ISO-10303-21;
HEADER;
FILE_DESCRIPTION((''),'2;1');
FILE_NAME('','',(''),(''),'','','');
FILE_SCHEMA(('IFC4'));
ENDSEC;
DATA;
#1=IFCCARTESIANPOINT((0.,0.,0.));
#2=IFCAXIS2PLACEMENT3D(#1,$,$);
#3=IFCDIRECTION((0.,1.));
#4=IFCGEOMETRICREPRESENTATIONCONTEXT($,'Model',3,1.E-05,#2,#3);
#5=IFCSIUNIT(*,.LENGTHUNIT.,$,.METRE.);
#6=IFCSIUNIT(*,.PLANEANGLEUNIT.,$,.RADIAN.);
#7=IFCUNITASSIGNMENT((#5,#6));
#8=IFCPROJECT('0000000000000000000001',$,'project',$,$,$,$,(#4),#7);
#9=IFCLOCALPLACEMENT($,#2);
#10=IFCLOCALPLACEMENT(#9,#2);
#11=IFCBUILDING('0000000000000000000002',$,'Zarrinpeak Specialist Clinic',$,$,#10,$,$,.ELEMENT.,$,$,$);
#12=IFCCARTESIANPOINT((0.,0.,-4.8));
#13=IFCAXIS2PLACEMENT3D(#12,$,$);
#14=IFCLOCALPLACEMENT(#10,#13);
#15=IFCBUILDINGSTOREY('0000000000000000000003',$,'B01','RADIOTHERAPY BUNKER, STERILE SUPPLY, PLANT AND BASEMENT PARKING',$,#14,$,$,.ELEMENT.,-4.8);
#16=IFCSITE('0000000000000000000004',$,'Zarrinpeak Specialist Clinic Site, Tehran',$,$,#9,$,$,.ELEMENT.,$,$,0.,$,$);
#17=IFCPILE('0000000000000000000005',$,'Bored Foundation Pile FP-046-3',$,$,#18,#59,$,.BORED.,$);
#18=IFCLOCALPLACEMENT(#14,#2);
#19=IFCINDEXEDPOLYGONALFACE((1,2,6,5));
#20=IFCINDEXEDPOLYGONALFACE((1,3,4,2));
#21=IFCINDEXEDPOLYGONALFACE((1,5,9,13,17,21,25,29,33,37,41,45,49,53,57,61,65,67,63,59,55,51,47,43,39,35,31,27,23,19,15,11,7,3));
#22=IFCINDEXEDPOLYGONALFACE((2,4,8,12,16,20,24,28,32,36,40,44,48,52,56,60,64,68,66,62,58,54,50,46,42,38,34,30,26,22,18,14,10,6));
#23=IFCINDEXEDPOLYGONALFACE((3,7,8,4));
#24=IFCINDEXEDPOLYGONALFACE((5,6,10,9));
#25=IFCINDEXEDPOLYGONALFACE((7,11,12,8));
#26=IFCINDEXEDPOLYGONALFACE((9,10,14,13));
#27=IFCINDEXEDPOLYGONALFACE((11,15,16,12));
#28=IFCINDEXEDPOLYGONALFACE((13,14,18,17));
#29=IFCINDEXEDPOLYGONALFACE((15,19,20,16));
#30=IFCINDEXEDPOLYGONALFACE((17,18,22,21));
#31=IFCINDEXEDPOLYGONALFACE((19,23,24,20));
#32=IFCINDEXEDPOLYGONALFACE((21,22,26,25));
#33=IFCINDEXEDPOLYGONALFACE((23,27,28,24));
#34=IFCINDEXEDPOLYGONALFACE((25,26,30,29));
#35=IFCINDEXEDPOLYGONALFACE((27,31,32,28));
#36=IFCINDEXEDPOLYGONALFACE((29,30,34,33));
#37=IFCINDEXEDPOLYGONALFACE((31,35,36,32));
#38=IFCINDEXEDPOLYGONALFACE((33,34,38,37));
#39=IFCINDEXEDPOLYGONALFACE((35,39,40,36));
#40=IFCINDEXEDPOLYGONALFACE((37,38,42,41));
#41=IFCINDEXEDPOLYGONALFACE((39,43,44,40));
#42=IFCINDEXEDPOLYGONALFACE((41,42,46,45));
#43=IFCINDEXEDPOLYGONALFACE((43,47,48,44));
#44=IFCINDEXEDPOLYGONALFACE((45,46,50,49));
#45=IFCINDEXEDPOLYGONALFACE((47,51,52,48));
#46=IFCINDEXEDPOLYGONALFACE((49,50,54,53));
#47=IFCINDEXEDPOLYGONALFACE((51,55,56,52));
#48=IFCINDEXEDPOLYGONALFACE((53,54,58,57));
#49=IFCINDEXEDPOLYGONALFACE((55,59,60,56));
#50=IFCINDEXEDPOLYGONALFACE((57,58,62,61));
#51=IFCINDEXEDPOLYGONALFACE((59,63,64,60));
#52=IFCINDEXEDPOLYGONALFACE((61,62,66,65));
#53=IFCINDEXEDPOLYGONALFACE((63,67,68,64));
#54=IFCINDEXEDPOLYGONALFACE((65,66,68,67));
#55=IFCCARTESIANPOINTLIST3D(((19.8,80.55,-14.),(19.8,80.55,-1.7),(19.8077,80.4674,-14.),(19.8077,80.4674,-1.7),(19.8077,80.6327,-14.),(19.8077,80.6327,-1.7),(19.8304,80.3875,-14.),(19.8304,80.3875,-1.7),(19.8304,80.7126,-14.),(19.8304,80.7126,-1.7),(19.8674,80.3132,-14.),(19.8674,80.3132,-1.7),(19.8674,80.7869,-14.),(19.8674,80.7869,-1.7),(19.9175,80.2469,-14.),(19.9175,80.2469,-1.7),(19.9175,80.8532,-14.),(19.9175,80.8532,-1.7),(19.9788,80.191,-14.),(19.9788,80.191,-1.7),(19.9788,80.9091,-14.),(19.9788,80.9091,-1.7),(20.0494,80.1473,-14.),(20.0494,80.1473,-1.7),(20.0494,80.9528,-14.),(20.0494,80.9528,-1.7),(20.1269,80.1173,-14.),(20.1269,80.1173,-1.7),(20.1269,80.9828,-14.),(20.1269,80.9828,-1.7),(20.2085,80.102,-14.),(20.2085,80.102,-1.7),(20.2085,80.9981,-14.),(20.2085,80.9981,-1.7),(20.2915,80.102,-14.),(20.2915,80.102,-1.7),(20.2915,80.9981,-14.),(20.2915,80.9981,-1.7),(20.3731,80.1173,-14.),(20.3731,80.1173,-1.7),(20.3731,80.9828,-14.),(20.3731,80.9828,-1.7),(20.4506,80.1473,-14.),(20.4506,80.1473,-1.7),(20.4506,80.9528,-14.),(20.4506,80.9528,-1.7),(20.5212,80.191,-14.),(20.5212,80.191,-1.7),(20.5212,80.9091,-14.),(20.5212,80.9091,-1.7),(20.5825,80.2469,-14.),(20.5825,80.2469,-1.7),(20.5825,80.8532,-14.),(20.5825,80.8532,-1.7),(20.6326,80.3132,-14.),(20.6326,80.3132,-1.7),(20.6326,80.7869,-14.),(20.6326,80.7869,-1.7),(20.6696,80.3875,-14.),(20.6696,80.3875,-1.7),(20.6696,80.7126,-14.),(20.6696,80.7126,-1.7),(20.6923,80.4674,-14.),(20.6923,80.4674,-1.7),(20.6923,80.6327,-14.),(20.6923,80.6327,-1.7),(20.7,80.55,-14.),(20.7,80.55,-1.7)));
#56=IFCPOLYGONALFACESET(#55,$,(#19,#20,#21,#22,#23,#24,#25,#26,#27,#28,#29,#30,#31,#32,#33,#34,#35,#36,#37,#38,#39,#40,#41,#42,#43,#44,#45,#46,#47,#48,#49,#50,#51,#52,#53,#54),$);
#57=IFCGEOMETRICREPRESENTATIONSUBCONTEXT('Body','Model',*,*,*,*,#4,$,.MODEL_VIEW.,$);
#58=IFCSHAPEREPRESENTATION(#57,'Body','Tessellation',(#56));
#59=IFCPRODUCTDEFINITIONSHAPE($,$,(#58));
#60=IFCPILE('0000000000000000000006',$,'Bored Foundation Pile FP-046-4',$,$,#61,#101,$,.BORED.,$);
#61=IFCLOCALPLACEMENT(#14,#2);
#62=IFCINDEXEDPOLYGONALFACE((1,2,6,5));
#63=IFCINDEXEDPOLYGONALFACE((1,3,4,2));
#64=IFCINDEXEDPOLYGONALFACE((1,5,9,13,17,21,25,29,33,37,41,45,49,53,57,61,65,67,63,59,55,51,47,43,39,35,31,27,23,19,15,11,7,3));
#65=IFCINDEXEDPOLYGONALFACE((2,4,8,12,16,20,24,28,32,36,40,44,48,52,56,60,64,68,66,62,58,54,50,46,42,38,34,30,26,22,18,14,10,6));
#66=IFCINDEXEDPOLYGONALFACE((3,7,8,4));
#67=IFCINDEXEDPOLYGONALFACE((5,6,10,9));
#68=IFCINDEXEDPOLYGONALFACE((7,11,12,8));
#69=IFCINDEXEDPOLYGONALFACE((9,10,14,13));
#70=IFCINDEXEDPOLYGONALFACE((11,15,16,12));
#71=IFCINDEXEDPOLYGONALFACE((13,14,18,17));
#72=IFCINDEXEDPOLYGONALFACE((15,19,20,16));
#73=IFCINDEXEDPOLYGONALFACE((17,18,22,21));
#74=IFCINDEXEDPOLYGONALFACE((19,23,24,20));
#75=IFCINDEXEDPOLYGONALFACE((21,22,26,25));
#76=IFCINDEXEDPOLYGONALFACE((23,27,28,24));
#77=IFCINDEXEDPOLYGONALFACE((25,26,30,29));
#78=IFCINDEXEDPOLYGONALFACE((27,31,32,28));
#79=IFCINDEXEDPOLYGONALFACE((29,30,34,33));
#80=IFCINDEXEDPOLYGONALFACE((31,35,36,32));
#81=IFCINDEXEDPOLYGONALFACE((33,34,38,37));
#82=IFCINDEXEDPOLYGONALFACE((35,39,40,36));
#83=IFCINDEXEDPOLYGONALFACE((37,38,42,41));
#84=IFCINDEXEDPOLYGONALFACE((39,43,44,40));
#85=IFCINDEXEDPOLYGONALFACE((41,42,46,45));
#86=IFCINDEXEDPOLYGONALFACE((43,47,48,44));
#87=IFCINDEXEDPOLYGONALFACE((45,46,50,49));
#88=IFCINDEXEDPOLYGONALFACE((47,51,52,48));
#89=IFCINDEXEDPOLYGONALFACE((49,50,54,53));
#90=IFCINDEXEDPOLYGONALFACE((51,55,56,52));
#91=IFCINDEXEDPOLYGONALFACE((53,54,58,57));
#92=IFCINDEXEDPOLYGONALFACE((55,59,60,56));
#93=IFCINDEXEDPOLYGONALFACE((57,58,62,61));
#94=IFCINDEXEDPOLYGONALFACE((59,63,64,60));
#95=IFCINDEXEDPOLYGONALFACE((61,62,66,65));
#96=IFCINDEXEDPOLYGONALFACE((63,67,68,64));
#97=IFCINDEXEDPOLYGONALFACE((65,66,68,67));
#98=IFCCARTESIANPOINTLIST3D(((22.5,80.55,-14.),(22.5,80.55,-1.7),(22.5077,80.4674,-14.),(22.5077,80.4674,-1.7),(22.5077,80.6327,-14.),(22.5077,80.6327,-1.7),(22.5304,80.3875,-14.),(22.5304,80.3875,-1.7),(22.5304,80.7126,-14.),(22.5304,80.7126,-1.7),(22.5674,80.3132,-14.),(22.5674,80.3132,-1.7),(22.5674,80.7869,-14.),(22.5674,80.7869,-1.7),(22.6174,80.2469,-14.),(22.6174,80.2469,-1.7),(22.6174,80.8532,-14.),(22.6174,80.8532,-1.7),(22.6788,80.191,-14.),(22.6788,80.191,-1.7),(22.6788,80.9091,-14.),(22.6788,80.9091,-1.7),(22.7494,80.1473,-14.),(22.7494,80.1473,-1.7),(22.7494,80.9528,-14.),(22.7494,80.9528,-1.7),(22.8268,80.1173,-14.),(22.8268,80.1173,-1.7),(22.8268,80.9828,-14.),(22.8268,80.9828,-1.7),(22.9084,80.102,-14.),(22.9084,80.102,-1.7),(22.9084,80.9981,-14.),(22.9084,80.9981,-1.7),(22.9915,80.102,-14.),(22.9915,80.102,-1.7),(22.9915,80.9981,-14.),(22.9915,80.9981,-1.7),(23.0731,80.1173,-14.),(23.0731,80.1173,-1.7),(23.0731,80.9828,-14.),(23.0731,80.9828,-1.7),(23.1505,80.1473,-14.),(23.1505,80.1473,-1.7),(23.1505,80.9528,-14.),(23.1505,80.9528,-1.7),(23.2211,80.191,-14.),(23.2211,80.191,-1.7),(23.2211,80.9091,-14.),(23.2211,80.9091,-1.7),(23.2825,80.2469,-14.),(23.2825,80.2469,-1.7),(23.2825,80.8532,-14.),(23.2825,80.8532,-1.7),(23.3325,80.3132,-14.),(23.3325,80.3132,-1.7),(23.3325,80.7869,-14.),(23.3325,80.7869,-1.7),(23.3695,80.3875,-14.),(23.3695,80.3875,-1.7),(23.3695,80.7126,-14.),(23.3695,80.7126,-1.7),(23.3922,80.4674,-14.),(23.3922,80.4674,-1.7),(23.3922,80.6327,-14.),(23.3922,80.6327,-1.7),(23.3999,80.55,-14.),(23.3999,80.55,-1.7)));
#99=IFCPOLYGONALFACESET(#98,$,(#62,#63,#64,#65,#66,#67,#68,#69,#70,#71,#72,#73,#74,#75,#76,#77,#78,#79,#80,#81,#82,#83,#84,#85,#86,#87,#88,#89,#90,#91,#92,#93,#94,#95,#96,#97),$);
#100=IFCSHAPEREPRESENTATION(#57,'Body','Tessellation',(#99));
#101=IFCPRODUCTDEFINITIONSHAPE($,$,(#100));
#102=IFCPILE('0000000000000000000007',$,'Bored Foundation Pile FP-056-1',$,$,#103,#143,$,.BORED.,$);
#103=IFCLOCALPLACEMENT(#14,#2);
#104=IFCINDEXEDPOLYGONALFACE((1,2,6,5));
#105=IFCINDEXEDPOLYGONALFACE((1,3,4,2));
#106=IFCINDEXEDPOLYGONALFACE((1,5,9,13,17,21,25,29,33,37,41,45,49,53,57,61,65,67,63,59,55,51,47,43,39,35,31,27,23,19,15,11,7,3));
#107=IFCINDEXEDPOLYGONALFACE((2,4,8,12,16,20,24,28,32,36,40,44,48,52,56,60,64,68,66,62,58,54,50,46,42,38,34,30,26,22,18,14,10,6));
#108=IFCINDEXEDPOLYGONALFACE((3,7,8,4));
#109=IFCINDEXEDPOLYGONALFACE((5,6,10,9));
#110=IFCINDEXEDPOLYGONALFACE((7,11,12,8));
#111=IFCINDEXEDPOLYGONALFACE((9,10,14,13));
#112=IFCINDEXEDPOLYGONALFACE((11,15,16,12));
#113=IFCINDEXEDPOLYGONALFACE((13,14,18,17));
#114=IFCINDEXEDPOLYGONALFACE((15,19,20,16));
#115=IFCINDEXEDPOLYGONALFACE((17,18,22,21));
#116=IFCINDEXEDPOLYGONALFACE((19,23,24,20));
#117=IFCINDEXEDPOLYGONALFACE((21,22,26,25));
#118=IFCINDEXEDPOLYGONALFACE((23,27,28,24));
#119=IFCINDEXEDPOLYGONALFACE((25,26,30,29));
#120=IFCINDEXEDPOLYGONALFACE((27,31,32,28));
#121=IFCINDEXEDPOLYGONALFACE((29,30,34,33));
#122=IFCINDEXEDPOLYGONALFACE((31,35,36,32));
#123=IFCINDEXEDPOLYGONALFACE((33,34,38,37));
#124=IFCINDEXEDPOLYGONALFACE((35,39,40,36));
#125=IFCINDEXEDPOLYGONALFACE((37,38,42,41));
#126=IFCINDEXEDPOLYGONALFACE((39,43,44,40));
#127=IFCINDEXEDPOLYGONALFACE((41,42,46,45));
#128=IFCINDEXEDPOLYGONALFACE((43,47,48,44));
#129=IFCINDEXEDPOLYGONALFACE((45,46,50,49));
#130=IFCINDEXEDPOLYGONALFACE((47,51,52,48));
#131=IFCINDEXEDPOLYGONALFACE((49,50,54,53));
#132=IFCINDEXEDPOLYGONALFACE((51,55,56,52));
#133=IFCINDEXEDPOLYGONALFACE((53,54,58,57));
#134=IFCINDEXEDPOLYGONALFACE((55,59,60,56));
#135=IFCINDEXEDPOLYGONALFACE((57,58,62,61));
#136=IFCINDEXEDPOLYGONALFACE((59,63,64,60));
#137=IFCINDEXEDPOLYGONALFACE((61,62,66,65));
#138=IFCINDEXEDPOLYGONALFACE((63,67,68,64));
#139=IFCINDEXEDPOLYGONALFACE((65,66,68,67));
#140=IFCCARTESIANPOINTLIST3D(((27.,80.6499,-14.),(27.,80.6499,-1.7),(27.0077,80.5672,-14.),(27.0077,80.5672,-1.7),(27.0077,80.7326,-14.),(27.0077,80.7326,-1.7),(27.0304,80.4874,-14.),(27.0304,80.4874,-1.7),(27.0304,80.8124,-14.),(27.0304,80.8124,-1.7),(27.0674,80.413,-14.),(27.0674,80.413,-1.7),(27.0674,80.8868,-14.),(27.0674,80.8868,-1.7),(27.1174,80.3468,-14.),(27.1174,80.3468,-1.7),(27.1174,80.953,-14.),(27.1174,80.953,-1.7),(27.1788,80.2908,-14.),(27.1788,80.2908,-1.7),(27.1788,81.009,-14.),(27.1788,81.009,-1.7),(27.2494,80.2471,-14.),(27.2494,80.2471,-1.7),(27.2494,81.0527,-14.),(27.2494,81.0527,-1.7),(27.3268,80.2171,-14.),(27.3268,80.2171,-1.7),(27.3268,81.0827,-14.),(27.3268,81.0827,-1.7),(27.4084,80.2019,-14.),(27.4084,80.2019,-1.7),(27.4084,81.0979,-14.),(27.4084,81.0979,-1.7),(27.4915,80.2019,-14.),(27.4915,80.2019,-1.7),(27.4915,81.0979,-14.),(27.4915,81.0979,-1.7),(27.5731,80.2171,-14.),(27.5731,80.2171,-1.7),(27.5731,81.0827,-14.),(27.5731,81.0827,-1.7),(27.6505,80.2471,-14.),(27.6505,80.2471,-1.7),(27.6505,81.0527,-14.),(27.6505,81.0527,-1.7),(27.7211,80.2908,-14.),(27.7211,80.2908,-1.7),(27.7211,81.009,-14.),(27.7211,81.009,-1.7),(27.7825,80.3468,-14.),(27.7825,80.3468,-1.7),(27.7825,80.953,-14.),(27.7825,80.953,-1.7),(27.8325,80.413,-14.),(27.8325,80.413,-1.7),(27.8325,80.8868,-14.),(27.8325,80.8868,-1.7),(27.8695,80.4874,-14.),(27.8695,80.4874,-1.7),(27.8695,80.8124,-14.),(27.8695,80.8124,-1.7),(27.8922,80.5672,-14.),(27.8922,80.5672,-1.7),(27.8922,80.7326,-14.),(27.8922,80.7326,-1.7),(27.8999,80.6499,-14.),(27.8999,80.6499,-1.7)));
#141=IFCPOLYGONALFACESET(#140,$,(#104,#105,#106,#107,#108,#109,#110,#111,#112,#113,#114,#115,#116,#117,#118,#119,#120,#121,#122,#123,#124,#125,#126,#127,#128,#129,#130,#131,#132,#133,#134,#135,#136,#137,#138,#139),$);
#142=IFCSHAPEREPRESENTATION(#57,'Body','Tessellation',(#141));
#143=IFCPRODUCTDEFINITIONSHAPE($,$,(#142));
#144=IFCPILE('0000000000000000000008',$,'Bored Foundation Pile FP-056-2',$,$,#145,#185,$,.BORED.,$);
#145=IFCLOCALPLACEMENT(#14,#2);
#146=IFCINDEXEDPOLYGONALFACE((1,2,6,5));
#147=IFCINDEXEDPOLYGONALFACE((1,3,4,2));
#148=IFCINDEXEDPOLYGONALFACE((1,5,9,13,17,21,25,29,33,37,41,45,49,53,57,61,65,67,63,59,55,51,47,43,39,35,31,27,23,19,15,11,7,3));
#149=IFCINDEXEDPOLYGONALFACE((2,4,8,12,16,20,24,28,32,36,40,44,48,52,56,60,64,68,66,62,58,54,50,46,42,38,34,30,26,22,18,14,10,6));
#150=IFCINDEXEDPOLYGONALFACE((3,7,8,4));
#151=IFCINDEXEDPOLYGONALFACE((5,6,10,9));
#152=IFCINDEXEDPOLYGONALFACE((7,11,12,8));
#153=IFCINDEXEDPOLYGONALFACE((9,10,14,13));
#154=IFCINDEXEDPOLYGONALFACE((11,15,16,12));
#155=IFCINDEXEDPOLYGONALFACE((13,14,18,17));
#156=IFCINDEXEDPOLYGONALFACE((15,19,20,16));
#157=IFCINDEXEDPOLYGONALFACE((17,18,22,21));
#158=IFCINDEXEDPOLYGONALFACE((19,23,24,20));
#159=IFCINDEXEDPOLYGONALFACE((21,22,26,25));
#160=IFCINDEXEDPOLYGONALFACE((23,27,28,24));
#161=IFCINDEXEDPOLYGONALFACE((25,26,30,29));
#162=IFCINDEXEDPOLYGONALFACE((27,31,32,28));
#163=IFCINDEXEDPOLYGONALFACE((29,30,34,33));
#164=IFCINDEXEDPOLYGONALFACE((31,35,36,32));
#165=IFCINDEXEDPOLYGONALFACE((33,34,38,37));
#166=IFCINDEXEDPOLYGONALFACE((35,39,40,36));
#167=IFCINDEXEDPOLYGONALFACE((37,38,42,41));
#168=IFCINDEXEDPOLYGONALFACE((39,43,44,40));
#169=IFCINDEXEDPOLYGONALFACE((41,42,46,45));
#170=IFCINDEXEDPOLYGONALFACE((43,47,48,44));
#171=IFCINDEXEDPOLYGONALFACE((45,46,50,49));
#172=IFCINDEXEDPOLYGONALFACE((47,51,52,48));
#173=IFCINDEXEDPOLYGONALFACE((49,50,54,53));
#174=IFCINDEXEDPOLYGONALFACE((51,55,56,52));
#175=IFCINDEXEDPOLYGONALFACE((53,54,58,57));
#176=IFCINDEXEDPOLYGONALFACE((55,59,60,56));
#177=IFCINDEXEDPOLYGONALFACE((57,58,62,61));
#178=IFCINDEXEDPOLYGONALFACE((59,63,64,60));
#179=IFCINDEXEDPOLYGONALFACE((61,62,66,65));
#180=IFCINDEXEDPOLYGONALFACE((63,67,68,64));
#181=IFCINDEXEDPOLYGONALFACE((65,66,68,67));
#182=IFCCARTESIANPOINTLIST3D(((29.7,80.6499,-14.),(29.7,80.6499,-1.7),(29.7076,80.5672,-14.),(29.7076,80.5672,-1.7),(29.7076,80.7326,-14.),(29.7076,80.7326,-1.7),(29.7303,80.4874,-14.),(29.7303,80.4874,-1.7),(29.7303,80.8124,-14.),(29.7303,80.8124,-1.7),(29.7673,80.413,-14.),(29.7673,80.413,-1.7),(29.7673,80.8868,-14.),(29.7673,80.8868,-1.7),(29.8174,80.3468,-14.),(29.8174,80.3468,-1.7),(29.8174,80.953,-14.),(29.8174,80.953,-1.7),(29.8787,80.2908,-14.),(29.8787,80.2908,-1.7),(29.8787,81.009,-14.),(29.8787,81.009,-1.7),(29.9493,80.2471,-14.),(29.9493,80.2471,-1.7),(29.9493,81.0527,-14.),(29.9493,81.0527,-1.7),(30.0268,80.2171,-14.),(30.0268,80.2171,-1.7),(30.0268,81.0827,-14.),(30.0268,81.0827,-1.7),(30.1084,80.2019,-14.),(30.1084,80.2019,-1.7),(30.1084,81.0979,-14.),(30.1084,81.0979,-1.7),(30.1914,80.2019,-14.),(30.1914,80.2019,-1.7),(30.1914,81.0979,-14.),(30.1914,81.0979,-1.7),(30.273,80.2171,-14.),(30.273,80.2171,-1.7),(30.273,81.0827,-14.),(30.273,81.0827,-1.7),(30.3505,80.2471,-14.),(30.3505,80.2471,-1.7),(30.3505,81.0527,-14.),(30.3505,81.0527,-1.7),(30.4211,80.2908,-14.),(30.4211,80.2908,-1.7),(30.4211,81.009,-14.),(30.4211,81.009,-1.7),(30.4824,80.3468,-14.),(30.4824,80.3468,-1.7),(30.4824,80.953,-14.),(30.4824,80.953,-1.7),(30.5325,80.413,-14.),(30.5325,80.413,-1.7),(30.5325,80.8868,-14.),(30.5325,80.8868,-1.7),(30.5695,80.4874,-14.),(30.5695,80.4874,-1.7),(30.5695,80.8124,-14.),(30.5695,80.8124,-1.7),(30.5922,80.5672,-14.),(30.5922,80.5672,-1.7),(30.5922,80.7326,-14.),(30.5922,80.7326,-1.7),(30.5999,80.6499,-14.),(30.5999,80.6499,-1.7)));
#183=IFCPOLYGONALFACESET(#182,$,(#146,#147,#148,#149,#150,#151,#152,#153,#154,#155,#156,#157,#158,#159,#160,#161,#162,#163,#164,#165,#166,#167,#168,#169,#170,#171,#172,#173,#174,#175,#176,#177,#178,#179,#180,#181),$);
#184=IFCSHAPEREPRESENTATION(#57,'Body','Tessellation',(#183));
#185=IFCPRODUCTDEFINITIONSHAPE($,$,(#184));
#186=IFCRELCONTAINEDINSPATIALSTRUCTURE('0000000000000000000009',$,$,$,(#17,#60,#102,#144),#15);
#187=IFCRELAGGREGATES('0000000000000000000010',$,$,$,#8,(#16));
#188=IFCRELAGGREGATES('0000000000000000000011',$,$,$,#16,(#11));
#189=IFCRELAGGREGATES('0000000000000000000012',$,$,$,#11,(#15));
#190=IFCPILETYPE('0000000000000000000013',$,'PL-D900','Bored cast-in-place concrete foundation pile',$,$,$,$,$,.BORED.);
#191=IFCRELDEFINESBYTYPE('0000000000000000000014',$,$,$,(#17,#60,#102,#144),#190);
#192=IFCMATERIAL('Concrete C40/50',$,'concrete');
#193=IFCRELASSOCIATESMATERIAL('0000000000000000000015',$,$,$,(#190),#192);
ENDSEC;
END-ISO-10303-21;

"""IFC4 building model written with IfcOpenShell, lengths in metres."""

from ifc_helpers import new_model, si_unit, direction, frame, origin, origin_2d, place, context, subcontext, project, spatial, circle, extrude, material, material_profile, profile_set, type_object, element, save


model = new_model("IFC4")

# Units and contexts
model_context = context("Model", 3, precision=1e-05, world=origin(), true_north=direction((0.0, 1.0)))
body_context = subcontext(model_context, "Body", "Model", "MODEL_VIEW")
ifc_project = project(units=[si_unit("LENGTHUNIT", "METRE"), si_unit("PLANEANGLEUNIT", "RADIAN")], contexts=[model_context])

# Site, building, storey
site_placement = place(None, origin())
site = spatial("IfcSite", under=ifc_project, at=site_placement, Name="Zarrinpeak Specialist Clinic Site, Tehran", CompositionType="ELEMENT", RefElevation=0.0)
building_placement = place(site_placement, origin())
building = spatial("IfcBuilding", under=site, at=building_placement, Name="Zarrinpeak Specialist Clinic", CompositionType="ELEMENT")
storey_placement = place(building_placement, frame((0.0, 0.0, -4.8)))
storey = spatial("IfcBuildingStorey", under=building, at=storey_placement, Name="B01", Description="RADIOTHERAPY BUNKER, STERILE SUPPLY, PLANT AND BASEMENT PARKING", CompositionType="ELEMENT", Elevation=-4.8)

# Shared definitions
ifc_material_1 = material(Name="Concrete C40/50", Category="concrete")

# Piles
ifc_material_profile_1 = material_profile(ifc_material_1, circle(Radius=0.45, at=origin_2d()), Name="BORED PILE D900")
ifc_profile_set_1 = profile_set([ifc_material_profile_1], Name="Concrete C40/50")
pile_type = type_object("IfcPileType", Name="PL-D900", Description="Bored cast-in-place concrete foundation pile", PredefinedType="BORED", material=ifc_profile_set_1)
for number, where, z_axis, x_axis, name in (
    (1, (20.25, 80.55, -1.7), (0.0, 0.0, -1.0), (1.0, 0.0, 0.0), "Bored Foundation Pile FP-046-3"),
    (2, (22.95, 80.55, -1.7), (0.0, 0.0, -1.0), (1.0, 0.0, 0.0), "Bored Foundation Pile FP-046-4"),
    (3, (27.45, 80.6499, -1.7), (0.0, 0.0, -1.0), (1.0, 0.0, 0.0), "Bored Foundation Pile FP-056-1"),
    (4, (30.1499, 80.6499, -1.7), (0.0, 0.0, -1.0), (1.0, 0.0, 0.0), "Bored Foundation Pile FP-056-2"),
):
    element("IfcPile", number, at=place(storey_placement, frame(where, z_axis=z_axis, x_axis=x_axis)), inside=storey, type_object=pile_type, Name=name, PredefinedType="BORED", context=body_context, shape_type="SweptSolid", body=[
        extrude(circle(Radius=0.45, at=origin_2d()), origin(), (0.0, 0.0, 1.0), 12.3),
    ])

save(model, "model.ifc")
